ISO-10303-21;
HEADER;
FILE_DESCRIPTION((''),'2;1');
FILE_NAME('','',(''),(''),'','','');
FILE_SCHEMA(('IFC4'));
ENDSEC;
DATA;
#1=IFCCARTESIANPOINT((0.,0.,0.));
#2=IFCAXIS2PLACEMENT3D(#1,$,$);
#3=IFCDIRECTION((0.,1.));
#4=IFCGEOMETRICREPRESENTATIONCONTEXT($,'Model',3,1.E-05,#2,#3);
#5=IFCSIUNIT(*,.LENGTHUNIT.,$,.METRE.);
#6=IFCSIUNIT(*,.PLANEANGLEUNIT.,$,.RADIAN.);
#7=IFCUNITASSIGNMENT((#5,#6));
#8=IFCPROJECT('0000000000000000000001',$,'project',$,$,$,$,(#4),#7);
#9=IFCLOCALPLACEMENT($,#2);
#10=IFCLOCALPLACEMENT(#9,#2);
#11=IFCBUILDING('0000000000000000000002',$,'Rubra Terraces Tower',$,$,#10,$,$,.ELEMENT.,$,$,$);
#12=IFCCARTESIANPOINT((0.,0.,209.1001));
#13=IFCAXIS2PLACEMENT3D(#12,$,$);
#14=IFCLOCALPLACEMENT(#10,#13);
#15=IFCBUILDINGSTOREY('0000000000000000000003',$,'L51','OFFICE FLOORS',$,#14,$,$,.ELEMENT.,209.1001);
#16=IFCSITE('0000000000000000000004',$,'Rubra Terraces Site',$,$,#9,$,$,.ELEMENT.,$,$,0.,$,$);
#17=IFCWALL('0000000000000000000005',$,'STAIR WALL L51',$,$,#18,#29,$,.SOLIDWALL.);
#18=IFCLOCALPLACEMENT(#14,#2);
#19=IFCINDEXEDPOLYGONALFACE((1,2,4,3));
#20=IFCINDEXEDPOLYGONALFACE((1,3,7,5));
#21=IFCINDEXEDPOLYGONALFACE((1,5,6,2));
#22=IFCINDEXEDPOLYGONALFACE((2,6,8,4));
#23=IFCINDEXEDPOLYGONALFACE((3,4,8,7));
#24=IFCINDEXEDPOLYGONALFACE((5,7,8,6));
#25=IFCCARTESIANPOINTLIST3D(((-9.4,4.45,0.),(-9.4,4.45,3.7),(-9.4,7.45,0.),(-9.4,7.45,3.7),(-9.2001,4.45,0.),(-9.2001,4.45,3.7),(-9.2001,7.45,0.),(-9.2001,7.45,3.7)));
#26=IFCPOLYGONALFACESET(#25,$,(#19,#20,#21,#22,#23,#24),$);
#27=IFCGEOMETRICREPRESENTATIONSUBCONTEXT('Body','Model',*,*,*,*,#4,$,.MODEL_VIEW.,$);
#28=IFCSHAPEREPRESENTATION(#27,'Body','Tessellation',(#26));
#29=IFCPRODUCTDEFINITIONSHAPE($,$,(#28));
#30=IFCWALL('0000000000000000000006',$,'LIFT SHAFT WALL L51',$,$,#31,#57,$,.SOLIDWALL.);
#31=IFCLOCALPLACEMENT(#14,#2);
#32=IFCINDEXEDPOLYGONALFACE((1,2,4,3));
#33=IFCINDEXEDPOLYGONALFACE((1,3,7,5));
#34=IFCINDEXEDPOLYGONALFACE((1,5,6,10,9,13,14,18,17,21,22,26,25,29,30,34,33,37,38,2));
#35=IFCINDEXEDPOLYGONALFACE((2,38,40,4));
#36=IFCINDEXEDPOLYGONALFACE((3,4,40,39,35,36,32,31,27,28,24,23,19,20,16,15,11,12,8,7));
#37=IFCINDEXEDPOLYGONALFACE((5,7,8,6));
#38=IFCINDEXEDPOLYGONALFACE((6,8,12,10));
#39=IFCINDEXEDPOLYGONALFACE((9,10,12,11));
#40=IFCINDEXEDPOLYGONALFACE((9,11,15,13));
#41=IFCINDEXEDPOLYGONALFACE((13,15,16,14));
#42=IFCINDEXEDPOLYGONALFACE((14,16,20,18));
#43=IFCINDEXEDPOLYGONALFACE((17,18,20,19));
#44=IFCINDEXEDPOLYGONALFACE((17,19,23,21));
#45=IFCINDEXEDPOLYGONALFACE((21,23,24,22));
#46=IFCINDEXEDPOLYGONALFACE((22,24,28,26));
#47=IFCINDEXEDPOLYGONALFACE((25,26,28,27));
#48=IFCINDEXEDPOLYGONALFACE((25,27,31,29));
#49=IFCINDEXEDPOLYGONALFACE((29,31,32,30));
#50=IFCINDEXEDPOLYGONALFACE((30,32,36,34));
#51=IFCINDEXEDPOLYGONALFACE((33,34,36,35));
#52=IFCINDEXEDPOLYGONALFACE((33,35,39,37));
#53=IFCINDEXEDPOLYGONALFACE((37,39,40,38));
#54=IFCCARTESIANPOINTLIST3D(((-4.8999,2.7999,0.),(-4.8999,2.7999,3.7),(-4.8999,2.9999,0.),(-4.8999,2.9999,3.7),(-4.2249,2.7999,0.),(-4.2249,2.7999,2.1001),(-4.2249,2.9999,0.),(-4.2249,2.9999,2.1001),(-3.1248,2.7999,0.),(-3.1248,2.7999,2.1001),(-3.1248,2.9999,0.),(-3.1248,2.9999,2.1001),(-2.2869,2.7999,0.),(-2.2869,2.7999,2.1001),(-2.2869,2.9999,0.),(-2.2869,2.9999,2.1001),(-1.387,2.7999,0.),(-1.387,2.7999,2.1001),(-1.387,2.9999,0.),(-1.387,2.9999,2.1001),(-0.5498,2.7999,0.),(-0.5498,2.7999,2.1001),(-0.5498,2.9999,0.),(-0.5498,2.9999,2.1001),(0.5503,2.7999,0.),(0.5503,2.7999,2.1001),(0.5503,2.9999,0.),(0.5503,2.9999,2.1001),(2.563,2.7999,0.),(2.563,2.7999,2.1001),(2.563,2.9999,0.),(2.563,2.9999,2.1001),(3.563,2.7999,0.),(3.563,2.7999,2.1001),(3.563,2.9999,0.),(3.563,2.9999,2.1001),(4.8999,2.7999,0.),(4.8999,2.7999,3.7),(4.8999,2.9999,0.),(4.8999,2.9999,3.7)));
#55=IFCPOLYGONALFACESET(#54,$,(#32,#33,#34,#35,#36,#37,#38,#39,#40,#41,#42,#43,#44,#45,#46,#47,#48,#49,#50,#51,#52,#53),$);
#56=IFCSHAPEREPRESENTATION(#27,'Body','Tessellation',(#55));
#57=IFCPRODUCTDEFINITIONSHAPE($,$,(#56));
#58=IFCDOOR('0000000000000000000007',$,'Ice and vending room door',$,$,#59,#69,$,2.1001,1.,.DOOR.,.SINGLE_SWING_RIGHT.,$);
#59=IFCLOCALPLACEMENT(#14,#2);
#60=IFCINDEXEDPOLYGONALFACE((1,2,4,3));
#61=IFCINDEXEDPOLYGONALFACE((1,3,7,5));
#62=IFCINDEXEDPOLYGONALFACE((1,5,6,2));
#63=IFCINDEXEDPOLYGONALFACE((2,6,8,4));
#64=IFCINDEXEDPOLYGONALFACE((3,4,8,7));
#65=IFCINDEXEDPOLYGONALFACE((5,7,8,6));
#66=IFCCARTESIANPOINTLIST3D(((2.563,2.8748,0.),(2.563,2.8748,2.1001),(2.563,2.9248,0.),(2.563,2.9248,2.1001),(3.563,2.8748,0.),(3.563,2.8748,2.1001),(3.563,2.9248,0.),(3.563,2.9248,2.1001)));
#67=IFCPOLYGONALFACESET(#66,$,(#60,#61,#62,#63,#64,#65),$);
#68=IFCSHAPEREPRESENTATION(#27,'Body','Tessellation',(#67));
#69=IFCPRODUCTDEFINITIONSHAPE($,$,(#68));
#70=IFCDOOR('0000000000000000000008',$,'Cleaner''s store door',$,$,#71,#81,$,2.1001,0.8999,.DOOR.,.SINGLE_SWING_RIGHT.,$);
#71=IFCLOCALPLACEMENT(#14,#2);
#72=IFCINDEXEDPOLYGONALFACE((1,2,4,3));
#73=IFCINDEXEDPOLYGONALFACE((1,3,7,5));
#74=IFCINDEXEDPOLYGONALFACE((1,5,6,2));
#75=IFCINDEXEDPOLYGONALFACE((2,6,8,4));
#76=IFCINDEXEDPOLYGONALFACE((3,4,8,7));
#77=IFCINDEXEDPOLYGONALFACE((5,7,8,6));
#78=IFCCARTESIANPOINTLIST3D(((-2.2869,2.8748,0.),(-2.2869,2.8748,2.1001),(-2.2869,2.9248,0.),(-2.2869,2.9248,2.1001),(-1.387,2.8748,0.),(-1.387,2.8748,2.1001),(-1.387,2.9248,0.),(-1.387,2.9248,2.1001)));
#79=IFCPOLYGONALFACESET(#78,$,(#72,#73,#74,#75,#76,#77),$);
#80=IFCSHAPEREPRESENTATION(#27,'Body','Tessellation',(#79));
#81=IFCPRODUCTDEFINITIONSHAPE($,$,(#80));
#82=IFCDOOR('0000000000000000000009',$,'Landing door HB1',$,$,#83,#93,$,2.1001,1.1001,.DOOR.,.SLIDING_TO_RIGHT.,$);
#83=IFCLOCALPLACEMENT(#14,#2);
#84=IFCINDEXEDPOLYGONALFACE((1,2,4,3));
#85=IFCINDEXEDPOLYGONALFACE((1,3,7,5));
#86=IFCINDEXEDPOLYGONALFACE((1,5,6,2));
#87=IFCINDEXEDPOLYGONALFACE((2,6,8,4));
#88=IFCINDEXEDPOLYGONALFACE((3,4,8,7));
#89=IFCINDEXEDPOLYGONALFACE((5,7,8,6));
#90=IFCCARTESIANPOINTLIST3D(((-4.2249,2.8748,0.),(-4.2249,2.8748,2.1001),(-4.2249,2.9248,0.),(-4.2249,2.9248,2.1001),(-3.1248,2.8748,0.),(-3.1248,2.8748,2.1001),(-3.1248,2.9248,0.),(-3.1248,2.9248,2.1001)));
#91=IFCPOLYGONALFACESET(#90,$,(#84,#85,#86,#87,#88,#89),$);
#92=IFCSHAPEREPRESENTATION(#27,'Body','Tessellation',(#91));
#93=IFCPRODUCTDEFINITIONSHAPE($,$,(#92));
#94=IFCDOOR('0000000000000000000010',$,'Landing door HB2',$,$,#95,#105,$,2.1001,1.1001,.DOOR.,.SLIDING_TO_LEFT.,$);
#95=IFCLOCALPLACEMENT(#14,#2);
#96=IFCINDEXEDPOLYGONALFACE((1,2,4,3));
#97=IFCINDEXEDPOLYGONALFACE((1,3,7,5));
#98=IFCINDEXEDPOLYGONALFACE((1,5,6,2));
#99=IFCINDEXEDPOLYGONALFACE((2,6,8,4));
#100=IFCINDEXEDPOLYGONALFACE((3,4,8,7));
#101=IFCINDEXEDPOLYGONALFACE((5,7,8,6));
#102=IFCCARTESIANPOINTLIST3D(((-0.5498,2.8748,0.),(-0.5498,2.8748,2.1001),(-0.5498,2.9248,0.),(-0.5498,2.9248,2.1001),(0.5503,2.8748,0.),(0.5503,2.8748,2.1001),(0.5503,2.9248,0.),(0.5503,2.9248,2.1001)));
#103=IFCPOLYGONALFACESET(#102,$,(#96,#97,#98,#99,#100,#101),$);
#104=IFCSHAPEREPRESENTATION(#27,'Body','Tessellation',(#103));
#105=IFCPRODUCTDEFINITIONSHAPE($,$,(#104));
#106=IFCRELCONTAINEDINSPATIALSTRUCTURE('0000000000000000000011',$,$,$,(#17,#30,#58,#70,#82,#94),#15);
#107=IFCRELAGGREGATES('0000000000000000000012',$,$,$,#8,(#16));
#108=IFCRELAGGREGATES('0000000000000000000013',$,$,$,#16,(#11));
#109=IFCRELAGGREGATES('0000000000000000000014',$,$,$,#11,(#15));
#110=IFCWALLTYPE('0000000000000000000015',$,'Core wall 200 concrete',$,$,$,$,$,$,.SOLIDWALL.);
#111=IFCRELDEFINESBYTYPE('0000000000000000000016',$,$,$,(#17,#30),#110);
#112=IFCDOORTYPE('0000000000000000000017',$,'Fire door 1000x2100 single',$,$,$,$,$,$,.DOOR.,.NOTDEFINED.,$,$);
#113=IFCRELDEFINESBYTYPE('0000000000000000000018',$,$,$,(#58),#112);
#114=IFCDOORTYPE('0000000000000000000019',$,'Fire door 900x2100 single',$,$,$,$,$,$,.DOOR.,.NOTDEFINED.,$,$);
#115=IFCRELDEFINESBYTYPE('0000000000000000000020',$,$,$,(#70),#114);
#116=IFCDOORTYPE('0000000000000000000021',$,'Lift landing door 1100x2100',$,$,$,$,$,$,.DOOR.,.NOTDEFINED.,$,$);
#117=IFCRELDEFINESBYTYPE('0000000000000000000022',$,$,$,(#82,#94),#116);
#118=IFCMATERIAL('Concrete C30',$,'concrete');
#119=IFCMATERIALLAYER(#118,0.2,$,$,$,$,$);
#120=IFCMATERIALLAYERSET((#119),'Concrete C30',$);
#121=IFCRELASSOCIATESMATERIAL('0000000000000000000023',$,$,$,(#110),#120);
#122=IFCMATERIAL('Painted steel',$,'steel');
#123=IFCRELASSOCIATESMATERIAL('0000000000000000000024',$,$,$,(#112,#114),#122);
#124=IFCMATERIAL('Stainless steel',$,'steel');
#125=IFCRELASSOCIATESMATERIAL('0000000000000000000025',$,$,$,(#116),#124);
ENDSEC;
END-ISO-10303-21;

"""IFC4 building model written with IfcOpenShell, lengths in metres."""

from ifc_helpers import new_model, si_unit, direction, frame, frame_2d, origin, place, context, subcontext, project, spatial, rectangle, extrude, material, layer, layer_set, type_object, element, fill, save


model = new_model("IFC4")

# Units and contexts
model_context = context("Model", 3, precision=1e-05, world=origin(), true_north=direction((0.0, 1.0)))
body_context = subcontext(model_context, "Body", "Model", "MODEL_VIEW")
ifc_project = project(units=[si_unit("LENGTHUNIT", "METRE"), si_unit("PLANEANGLEUNIT", "RADIAN")], contexts=[model_context])

# Site, building, storey
site_placement = place(None, origin())
site = spatial("IfcSite", under=ifc_project, at=site_placement, Name="Rubra Terraces Site", CompositionType="ELEMENT", RefElevation=0.0)
building_placement = place(site_placement, origin())
building = spatial("IfcBuilding", under=site, at=building_placement, Name="Rubra Terraces Tower", CompositionType="ELEMENT")
storey_placement = place(building_placement, frame((0.0, 0.0, 209.1001)))
storey = spatial("IfcBuildingStorey", under=building, at=storey_placement, Name="L51", Description="OFFICE FLOORS", CompositionType="ELEMENT", Elevation=209.1001)

# Wall
ifc_material_1 = material(Name="Concrete C30", Category="concrete")
ifc_layer_1 = layer(ifc_material_1, 0.2)
ifc_layer_set_1 = layer_set([ifc_layer_1], Name="Concrete C30")
wall_type_1 = type_object("IfcWallType", Name="Core wall 200 concrete", PredefinedType="SOLIDWALL", material=ifc_layer_set_1)
wall_1_placement = place(storey_placement, frame((-9.3, 4.45, 0.0), z_axis=(0.0, 0.0, 1.0), x_axis=(0.0, 1.0, 0.0)))
element("IfcWall", 1, at=wall_1_placement, inside=storey, type_object=wall_type_1, Name="STAIR WALL L51", PredefinedType="SOLIDWALL", context=body_context, shape_type="SweptSolid", body=[
    extrude(rectangle(XDim=3.0, YDim=0.2, at=frame_2d((1.5, 0.0))), origin(), (0.0, 0.0, 1.0), 3.7),
])

# Wall, openings, doors
wall_2_placement = place(storey_placement, frame((-4.8999, 2.8999, 0.0), z_axis=(0.0, 0.0, 1.0), x_axis=(1.0, 0.0, 0.0)))
wall_2 = element("IfcWall", 2, at=wall_2_placement, inside=storey, type_object=wall_type_1, Name="LIFT SHAFT WALL L51", PredefinedType="SOLIDWALL", context=body_context, shape_type="SweptSolid", body=[
    extrude(rectangle(XDim=9.7998, YDim=0.2, at=frame_2d((4.8999, 0.0))), origin(), (0.0, 0.0, 1.0), 3.7),
])
opening_1_placement = place(wall_2_placement, frame((0.675, 0.0, 0.0)))
opening_1 = element("IfcOpeningElement", 3, at=opening_1_placement, cuts=wall_2, PredefinedType="OPENING", context=body_context, shape_type="SweptSolid", body=[
    extrude(rectangle(XDim=1.1001, YDim=2.1001, at=frame_2d((0.55, 1.05))), frame((0.0, 0.1099, 0.0), z_axis=(0.0, -1.0, 0.0), x_axis=(1.0, 0.0, 0.0)), (0.0, 0.0, 1.0), 0.22),
])
opening_2_placement = place(wall_2_placement, frame((2.613, 0.0, 0.0)))
opening_2 = element("IfcOpeningElement", 4, at=opening_2_placement, cuts=wall_2, PredefinedType="OPENING", context=body_context, shape_type="SweptSolid", body=[
    extrude(rectangle(XDim=0.8999, YDim=2.1001, at=frame_2d((0.45, 1.05))), frame((0.0, 0.1099, 0.0), z_axis=(0.0, -1.0, 0.0), x_axis=(1.0, 0.0, 0.0)), (0.0, 0.0, 1.0), 0.22),
])
opening_3_placement = place(wall_2_placement, frame((4.3501, 0.0, 0.0)))
opening_3 = element("IfcOpeningElement", 5, at=opening_3_placement, cuts=wall_2, PredefinedType="OPENING", context=body_context, shape_type="SweptSolid", body=[
    extrude(rectangle(XDim=1.1001, YDim=2.1001, at=frame_2d((0.55, 1.05))), frame((0.0, 0.1099, 0.0), z_axis=(0.0, -1.0, 0.0), x_axis=(1.0, 0.0, 0.0)), (0.0, 0.0, 1.0), 0.22),
])
opening_4_placement = place(wall_2_placement, frame((7.4629, 0.0, 0.0)))
opening_4 = element("IfcOpeningElement", 6, at=opening_4_placement, cuts=wall_2, PredefinedType="OPENING", context=body_context, shape_type="SweptSolid", body=[
    extrude(rectangle(XDim=1.0, YDim=2.1001, at=frame_2d((0.5, 1.05))), frame((0.0, 0.1099, 0.0), z_axis=(0.0, -1.0, 0.0), x_axis=(1.0, 0.0, 0.0)), (0.0, 0.0, 1.0), 0.22),
])
ifc_material_2 = material(Name="Painted steel", Category="steel")
door_type_1 = type_object("IfcDoorType", Name="Fire door 1000x2100 single", OperationType="NOTDEFINED", PredefinedType="DOOR", material=ifc_material_2)
door_1_placement = place(opening_4_placement, origin())
door_1 = element("IfcDoor", 7, at=door_1_placement, inside=storey, type_object=door_type_1, Name="Ice and vending room door", OperationType="SINGLE_SWING_RIGHT", OverallHeight=2.1001, OverallWidth=1.0, PredefinedType="DOOR", context=body_context, shape_type="SweptSolid", body=[
    extrude(rectangle(XDim=1.0, YDim=2.1001, at=frame_2d((0.5, 1.05))), frame((0.0, 0.0249, 0.0), z_axis=(0.0, -1.0, 0.0), x_axis=(1.0, 0.0, 0.0)), (0.0, 0.0, 1.0), 0.05),
])
fill(opening_4, door_1)
door_type_2 = type_object("IfcDoorType", Name="Fire door 900x2100 single", OperationType="NOTDEFINED", PredefinedType="DOOR", material=ifc_material_2)
door_2_placement = place(opening_2_placement, origin())
door_2 = element("IfcDoor", 8, at=door_2_placement, inside=storey, type_object=door_type_2, Name="Cleaner's store door", OperationType="SINGLE_SWING_RIGHT", OverallHeight=2.1001, OverallWidth=0.8999, PredefinedType="DOOR", context=body_context, shape_type="SweptSolid", body=[
    extrude(rectangle(XDim=0.8999, YDim=2.1001, at=frame_2d((0.45, 1.05))), frame((0.0, 0.0249, 0.0), z_axis=(0.0, -1.0, 0.0), x_axis=(1.0, 0.0, 0.0)), (0.0, 0.0, 1.0), 0.05),
])
fill(opening_2, door_2)
ifc_material_3 = material(Name="Stainless steel", Category="steel")
door_type_3 = type_object("IfcDoorType", Name="Lift landing door 1100x2100", OperationType="NOTDEFINED", PredefinedType="DOOR", material=ifc_material_3)
door_3_placement = place(opening_1_placement, origin())
door_3 = element("IfcDoor", 9, at=door_3_placement, inside=storey, type_object=door_type_3, Name="Landing door HB1", OperationType="SLIDING_TO_RIGHT", OverallHeight=2.1001, OverallWidth=1.1001, PredefinedType="DOOR", context=body_context, shape_type="SweptSolid", body=[
    extrude(rectangle(XDim=1.1001, YDim=2.1001, at=frame_2d((0.55, 1.05))), frame((0.0, 0.0249, 0.0), z_axis=(0.0, -1.0, 0.0), x_axis=(1.0, 0.0, 0.0)), (0.0, 0.0, 1.0), 0.05),
])
fill(opening_1, door_3)
door_4_placement = place(opening_3_placement, origin())
door_4 = element("IfcDoor", 10, at=door_4_placement, inside=storey, type_object=door_type_3, Name="Landing door HB2", OperationType="SLIDING_TO_LEFT", OverallHeight=2.1001, OverallWidth=1.1001, PredefinedType="DOOR", context=body_context, shape_type="SweptSolid", body=[
    extrude(rectangle(XDim=1.1001, YDim=2.1001, at=frame_2d((0.55, 1.05))), frame((0.0, 0.0249, 0.0), z_axis=(0.0, -1.0, 0.0), x_axis=(1.0, 0.0, 0.0)), (0.0, 0.0, 1.0), 0.05),
])
fill(opening_3, door_4)

save(model, "model.ifc")
